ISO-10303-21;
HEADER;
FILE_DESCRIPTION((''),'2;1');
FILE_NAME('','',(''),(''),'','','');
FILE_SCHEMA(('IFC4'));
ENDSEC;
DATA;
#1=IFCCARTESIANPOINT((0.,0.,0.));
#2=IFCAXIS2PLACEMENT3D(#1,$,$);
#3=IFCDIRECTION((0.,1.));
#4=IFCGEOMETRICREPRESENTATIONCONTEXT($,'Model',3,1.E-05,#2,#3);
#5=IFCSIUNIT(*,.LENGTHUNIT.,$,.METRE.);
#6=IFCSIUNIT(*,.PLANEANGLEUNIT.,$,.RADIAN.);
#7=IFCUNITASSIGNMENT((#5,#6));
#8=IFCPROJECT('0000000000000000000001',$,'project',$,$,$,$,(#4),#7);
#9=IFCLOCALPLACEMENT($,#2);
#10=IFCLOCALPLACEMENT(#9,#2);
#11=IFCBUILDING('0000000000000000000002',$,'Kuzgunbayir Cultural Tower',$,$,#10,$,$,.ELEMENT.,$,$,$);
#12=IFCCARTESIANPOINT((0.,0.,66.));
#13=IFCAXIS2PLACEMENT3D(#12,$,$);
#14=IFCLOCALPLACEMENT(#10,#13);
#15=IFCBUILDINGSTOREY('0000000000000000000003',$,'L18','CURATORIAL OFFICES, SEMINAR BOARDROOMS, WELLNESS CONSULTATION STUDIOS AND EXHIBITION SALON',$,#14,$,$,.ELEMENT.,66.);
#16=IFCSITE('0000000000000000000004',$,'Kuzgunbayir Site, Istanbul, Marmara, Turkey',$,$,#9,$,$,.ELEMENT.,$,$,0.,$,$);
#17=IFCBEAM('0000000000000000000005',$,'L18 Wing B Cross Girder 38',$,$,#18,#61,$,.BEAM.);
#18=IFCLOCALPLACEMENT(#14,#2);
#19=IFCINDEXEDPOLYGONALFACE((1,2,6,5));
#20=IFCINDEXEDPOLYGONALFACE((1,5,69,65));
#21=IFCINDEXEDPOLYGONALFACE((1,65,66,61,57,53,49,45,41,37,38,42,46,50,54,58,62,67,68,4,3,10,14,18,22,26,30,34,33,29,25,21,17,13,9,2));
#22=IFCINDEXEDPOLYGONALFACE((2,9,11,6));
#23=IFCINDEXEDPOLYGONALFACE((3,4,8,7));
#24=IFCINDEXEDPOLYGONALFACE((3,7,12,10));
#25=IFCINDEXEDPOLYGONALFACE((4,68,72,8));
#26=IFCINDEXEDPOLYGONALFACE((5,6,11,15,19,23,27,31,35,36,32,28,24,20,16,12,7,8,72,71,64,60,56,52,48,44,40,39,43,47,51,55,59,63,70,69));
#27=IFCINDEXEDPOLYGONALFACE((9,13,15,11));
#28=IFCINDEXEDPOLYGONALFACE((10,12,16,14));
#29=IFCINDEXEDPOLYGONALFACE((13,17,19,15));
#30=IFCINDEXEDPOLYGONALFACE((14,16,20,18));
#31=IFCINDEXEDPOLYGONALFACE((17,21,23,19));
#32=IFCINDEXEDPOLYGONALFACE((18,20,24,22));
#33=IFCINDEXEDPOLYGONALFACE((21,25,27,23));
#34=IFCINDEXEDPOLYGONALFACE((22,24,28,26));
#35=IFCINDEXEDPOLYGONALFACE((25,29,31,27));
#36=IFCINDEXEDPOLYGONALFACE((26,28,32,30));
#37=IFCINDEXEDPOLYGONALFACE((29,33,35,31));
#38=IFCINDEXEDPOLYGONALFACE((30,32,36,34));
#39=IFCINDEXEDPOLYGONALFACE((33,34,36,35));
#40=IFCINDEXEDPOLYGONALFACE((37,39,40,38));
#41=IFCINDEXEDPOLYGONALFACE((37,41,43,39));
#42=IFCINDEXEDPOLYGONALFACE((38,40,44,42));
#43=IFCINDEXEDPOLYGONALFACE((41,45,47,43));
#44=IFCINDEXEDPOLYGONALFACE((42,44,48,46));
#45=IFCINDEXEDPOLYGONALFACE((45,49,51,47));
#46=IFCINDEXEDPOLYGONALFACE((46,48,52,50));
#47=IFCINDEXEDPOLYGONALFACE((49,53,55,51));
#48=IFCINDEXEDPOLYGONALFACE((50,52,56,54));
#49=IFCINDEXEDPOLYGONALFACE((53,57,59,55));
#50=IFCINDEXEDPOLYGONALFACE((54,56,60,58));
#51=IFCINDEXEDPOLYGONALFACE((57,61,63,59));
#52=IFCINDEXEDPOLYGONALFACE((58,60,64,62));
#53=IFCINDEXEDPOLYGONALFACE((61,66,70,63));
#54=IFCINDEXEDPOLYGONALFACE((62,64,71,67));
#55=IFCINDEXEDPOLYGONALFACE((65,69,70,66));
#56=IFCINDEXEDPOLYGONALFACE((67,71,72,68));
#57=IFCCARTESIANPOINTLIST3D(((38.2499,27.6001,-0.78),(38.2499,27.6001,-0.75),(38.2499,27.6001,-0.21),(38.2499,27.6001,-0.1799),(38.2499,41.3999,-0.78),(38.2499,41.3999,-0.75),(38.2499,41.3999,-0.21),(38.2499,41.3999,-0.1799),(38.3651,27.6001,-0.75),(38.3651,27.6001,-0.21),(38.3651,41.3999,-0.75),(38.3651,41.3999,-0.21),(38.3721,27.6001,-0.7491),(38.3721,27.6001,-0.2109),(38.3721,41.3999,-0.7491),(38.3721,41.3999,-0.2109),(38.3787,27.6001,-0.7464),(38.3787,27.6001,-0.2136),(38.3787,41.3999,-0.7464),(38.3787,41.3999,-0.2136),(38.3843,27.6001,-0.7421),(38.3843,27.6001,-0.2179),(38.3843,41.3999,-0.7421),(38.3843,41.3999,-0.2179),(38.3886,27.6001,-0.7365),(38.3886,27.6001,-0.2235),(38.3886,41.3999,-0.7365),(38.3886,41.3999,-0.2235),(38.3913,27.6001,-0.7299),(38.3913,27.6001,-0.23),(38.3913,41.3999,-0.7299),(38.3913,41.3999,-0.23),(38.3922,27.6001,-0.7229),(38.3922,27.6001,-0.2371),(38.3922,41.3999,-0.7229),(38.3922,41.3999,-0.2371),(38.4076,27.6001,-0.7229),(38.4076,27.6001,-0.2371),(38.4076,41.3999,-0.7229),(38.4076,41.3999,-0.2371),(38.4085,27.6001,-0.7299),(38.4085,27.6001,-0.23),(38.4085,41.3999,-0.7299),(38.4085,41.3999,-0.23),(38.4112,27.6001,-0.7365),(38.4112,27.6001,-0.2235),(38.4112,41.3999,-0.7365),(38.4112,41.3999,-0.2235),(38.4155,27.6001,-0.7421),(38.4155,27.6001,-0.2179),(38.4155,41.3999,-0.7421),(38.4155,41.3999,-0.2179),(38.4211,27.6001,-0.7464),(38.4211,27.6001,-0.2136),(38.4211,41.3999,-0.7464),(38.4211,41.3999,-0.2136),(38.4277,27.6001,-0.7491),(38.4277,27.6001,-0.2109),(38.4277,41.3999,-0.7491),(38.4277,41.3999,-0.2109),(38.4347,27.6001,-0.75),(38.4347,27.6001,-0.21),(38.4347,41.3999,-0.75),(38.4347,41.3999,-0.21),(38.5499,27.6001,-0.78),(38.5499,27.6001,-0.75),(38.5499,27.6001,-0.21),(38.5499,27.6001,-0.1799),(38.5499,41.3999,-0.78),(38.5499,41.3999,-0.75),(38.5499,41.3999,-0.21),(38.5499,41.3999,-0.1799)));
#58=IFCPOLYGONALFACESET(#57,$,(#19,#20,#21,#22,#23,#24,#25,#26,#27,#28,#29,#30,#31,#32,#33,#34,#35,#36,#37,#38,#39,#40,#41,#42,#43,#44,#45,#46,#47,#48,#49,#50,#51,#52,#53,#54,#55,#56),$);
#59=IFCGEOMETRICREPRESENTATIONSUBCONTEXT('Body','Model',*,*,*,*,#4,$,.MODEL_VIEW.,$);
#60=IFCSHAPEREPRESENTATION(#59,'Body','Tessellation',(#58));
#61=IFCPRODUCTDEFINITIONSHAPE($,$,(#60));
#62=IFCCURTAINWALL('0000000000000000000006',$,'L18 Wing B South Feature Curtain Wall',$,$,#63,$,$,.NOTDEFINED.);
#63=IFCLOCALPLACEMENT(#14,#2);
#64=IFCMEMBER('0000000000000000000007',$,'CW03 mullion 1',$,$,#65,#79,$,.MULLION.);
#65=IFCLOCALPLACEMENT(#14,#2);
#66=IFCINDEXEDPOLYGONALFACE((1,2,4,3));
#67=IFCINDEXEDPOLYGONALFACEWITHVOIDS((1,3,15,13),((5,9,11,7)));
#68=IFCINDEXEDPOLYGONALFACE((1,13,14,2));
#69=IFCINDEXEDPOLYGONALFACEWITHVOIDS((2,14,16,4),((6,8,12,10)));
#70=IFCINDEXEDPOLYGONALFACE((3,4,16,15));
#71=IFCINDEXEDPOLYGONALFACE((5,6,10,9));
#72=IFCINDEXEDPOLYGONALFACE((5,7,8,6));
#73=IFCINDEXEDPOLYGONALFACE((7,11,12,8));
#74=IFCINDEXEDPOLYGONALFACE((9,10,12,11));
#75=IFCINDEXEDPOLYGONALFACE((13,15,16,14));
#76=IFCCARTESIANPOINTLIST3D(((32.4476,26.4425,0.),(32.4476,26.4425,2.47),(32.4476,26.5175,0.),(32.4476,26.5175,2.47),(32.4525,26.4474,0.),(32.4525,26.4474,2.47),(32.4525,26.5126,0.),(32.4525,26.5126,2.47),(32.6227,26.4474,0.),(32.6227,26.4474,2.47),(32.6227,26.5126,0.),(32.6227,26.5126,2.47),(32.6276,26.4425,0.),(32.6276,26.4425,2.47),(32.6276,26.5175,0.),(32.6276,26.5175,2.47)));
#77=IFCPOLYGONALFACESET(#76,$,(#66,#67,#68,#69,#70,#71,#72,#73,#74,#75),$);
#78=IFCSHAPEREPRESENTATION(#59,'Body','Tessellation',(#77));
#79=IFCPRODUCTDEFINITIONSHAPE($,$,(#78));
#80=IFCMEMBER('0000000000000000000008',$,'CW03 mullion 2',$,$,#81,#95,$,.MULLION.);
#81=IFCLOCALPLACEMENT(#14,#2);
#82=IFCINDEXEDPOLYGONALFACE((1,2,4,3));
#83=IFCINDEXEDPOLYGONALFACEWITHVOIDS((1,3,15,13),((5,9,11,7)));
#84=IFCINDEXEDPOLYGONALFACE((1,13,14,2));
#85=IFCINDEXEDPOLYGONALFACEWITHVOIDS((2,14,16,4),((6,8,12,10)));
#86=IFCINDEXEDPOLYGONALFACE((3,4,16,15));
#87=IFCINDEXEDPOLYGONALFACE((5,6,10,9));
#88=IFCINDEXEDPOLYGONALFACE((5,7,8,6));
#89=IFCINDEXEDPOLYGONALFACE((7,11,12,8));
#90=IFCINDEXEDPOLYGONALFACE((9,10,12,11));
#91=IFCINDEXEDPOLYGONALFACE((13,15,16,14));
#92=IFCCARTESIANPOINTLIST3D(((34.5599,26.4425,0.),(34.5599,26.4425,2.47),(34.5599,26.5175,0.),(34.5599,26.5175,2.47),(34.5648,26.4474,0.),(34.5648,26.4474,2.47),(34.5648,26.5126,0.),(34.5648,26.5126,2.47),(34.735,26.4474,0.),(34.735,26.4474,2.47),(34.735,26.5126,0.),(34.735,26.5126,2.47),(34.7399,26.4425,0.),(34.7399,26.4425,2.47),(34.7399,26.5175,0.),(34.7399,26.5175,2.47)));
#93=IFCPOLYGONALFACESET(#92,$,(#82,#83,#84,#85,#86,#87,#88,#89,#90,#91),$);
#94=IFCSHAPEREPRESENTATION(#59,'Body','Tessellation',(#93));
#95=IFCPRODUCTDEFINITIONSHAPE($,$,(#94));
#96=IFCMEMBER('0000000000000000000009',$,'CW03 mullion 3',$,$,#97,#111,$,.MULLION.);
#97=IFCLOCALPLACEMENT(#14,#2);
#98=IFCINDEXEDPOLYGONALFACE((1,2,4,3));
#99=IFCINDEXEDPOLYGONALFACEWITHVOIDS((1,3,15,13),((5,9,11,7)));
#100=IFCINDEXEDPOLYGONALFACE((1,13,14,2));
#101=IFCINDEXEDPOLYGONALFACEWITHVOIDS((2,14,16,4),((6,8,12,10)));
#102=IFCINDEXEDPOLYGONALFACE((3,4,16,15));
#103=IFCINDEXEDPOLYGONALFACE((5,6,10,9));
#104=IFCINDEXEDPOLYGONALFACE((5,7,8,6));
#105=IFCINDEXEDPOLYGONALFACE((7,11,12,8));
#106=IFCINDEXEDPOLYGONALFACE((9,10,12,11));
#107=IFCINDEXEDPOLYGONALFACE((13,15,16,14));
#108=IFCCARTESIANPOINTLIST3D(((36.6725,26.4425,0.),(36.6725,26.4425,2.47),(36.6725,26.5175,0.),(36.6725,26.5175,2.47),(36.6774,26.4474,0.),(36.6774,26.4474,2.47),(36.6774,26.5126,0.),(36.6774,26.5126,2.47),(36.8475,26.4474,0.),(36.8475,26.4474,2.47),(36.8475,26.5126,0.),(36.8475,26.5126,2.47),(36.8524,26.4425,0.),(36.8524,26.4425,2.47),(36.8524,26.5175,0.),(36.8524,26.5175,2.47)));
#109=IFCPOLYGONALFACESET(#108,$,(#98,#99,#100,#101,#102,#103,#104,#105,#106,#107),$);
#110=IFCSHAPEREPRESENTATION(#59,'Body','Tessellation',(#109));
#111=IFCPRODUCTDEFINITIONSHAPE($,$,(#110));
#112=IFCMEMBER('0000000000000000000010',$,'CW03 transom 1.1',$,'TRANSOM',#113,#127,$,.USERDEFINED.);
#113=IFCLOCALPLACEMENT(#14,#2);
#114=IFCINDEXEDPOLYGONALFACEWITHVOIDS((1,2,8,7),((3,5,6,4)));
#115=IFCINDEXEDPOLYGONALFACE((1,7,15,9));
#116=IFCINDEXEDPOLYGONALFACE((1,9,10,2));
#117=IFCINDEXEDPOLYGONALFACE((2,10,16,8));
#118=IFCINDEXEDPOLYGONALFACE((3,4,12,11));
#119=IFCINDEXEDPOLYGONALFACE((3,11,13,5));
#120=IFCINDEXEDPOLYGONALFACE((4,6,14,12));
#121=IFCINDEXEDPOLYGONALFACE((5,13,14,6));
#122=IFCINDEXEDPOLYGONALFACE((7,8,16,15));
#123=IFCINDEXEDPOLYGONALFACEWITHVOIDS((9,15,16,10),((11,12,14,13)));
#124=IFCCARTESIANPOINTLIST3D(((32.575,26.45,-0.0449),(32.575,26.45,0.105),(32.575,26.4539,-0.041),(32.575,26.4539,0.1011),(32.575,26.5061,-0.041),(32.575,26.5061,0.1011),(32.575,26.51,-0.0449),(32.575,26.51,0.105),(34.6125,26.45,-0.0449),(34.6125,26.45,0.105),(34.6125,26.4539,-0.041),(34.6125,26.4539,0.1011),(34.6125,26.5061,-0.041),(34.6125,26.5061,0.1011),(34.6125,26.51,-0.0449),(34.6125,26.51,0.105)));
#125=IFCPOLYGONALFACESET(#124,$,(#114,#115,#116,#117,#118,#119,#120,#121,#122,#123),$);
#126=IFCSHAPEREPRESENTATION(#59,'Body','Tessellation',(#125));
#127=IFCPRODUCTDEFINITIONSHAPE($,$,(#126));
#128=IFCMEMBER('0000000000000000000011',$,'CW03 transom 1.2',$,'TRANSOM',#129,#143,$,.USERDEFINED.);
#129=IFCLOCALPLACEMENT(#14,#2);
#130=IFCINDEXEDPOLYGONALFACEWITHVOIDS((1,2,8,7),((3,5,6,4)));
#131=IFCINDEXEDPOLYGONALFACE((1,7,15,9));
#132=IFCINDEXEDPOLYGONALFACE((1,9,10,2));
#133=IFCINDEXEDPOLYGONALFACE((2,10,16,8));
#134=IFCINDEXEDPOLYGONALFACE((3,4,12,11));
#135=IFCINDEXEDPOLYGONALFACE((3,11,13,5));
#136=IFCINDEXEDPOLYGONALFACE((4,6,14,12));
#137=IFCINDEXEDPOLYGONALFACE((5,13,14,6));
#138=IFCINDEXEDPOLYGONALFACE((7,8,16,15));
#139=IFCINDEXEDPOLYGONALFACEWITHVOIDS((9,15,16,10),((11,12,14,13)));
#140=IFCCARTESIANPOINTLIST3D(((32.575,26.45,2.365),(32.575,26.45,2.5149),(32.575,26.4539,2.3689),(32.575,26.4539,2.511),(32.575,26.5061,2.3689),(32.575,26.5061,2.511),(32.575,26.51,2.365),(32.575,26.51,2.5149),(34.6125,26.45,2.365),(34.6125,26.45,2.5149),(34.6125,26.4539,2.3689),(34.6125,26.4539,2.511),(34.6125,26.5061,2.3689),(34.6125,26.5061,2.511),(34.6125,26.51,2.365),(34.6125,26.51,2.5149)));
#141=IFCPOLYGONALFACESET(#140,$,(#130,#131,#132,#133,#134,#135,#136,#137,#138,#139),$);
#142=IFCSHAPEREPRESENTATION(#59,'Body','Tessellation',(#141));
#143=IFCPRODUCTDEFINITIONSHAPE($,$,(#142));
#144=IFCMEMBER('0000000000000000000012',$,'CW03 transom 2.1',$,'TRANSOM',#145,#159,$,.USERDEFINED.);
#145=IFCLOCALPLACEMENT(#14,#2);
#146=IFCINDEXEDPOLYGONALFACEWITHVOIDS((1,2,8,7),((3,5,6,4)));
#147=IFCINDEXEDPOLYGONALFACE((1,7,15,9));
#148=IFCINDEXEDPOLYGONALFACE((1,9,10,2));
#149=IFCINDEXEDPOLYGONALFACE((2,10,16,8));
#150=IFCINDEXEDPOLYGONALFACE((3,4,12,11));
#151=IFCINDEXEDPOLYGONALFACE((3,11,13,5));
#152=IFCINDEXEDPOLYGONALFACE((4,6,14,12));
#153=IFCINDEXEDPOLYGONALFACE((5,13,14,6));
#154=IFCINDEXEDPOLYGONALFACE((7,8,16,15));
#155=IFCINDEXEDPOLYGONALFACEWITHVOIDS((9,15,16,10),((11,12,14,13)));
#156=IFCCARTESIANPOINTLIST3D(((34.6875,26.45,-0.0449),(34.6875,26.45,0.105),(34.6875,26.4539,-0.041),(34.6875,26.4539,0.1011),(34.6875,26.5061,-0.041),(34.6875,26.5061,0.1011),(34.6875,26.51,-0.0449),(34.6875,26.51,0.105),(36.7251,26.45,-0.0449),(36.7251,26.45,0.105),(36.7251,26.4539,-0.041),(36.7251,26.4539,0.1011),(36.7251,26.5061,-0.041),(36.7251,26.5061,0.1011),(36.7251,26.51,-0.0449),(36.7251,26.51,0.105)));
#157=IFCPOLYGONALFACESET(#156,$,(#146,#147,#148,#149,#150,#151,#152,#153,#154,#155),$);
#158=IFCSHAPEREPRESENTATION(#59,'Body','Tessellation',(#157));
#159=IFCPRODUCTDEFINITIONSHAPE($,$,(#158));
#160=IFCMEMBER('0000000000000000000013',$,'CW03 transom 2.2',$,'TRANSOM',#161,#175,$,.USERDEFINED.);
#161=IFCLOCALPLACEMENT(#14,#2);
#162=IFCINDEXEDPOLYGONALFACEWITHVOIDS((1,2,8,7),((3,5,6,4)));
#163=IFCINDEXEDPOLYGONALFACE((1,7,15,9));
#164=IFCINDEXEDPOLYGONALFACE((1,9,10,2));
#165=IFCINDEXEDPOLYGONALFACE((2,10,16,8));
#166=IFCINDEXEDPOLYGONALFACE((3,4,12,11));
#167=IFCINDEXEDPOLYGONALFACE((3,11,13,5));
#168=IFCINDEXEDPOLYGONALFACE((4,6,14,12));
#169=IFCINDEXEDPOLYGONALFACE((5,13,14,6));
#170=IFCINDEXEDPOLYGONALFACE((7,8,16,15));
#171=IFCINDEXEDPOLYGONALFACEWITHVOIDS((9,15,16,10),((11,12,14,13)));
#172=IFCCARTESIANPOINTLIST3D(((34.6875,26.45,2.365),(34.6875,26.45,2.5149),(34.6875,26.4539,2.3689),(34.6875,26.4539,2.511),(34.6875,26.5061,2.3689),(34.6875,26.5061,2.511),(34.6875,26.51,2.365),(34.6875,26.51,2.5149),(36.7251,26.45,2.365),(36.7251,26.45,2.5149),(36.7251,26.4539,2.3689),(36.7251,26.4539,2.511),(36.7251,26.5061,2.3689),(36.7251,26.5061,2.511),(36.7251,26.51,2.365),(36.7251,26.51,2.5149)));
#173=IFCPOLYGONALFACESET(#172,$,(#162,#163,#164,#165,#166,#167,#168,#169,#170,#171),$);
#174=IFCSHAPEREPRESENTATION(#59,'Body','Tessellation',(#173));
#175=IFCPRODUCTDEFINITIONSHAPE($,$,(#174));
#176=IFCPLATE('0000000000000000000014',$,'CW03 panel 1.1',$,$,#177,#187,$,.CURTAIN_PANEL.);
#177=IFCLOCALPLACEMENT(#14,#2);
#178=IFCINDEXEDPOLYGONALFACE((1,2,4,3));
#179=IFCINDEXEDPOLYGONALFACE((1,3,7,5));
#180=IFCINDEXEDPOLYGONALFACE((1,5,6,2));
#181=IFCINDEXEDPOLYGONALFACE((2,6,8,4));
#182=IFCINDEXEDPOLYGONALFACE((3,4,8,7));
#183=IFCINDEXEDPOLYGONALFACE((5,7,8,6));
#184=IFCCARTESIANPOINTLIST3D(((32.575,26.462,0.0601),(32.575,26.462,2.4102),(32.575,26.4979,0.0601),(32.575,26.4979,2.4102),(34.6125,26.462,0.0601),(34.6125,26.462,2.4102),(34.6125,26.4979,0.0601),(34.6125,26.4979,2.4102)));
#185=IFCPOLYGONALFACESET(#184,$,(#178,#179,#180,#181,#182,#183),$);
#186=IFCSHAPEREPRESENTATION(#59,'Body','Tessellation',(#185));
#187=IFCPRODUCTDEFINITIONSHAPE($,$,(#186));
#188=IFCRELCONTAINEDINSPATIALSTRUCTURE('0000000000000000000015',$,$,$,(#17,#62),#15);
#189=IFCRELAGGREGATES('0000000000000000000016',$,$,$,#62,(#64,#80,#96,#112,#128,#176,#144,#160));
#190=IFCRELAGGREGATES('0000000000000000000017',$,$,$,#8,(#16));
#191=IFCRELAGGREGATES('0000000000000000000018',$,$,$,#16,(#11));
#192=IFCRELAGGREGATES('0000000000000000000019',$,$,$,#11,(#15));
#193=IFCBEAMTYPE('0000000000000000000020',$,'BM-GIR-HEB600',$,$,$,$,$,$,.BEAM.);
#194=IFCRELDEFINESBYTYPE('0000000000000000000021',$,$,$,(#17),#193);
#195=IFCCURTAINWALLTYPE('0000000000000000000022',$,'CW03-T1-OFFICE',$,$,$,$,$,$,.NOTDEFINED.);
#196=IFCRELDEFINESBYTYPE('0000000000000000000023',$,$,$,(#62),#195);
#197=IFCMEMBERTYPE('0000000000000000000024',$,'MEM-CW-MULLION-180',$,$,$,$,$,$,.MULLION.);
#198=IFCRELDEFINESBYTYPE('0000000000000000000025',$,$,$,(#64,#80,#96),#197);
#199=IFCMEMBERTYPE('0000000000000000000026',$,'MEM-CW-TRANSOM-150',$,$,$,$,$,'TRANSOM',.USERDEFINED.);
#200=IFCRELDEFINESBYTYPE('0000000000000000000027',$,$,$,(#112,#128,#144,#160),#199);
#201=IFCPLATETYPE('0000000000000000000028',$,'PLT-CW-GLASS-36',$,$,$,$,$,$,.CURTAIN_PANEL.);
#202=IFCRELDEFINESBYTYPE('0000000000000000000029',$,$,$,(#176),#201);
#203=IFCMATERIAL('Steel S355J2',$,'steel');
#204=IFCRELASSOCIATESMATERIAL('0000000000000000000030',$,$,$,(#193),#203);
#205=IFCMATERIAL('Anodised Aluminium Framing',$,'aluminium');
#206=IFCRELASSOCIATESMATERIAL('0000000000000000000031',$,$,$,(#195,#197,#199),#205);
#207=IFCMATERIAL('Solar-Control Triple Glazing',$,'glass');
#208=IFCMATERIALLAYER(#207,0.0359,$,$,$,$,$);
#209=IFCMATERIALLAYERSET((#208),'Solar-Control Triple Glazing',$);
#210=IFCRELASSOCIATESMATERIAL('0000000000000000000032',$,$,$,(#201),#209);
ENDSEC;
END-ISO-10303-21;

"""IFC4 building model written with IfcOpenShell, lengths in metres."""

from ifc_helpers import new_model, si_unit, direction, frame, origin, origin_2d, place, context, subcontext, project, spatial, rectangle, hollow_rectangle, i_section, extrude, material, layer, layer_set, material_profile, profile_set, type_object, element, aggregate, save


model = new_model("IFC4")

# Units and contexts
model_context = context("Model", 3, precision=1e-05, world=origin(), true_north=direction((0.0, 1.0)))
body_context = subcontext(model_context, "Body", "Model", "MODEL_VIEW")
ifc_project = project(units=[si_unit("LENGTHUNIT", "METRE"), si_unit("PLANEANGLEUNIT", "RADIAN")], contexts=[model_context])

# Site, building, storey
site_placement = place(None, origin())
site = spatial("IfcSite", under=ifc_project, at=site_placement, Name="Kuzgunbayir Site, Istanbul, Marmara, Turkey", CompositionType="ELEMENT", RefElevation=0.0)
building_placement = place(site_placement, origin())
building = spatial("IfcBuilding", under=site, at=building_placement, Name="Kuzgunbayir Cultural Tower", CompositionType="ELEMENT")
storey_placement = place(building_placement, frame((0.0, 0.0, 66.0)))
storey = spatial("IfcBuildingStorey", under=building, at=storey_placement, Name="L18", Description="CURATORIAL OFFICES, SEMINAR BOARDROOMS, WELLNESS CONSULTATION STUDIOS AND EXHIBITION SALON", CompositionType="ELEMENT", Elevation=66.0)

# Beam
ifc_material_1 = material(Name="Steel S355J2", Category="steel")
ifc_material_profile_1 = material_profile(ifc_material_1, i_section(OverallWidth=0.3, OverallDepth=0.6001, WebThickness=0.0154, FlangeThickness=0.03, FilletRadius=0.0271, at=origin_2d()), Name="HEB 600")
ifc_profile_set_1 = profile_set([ifc_material_profile_1], Name="Steel S355J2")
beam_type_1 = type_object("IfcBeamType", Name="BM-GIR-HEB600", PredefinedType="BEAM", material=ifc_profile_set_1)
beam_1_placement = place(storey_placement, frame((38.3999, 27.6001, -0.48), z_axis=(0.0, 1.0, 0.0), x_axis=(-1.0, 0.0, 0.0)))
element("IfcBeam", 1, at=beam_1_placement, inside=storey, type_object=beam_type_1, Name="L18 Wing B Cross Girder 38", PredefinedType="BEAM", context=body_context, shape_type="SweptSolid", body=[
    extrude(i_section(OverallWidth=0.3, OverallDepth=0.6001, WebThickness=0.0154, FlangeThickness=0.03, FilletRadius=0.0271, at=origin_2d()), origin(), (0.0, 0.0, 1.0), 13.7998),
])

# Curtain wall, members, plate
ifc_material_2 = material(Name="Anodised Aluminium Framing", Category="aluminium")
curtain_wall_type = type_object("IfcCurtainWallType", Name="CW03-T1-OFFICE", PredefinedType="NOTDEFINED", material=ifc_material_2)
curtain_wall_placement = place(storey_placement, origin())
curtain_wall = element("IfcCurtainWall", 2, at=curtain_wall_placement, inside=storey, type_object=curtain_wall_type, Name="L18 Wing B South Feature Curtain Wall", PredefinedType="NOTDEFINED")
ifc_material_profile_2 = material_profile(ifc_material_2, hollow_rectangle(XDim=0.075, YDim=0.1799, WallThickness=0.0049, at=origin_2d()), Name="RHS 180x75x5")
ifc_profile_set_2 = profile_set([ifc_material_profile_2], Name="Anodised Aluminium Framing")
member_type_1 = type_object("IfcMemberType", Name="MEM-CW-MULLION-180", PredefinedType="MULLION", material=ifc_profile_set_2)
member_1_placement = place(storey_placement, frame((32.5376, 26.48, 0.0), z_axis=(0.0, 0.0, 1.0), x_axis=(0.0, 1.0, 0.0)))
member_1 = element("IfcMember", 3, at=member_1_placement, type_object=member_type_1, Name="CW03 mullion 1", PredefinedType="MULLION", context=body_context, shape_type="SweptSolid", body=[
    extrude(hollow_rectangle(XDim=0.075, YDim=0.1799, WallThickness=0.0049, at=origin_2d()), origin(), (0.0, 0.0, 1.0), 2.47),
])
member_2_placement = place(storey_placement, frame((34.6499, 26.48, 0.0), z_axis=(0.0, 0.0, 1.0), x_axis=(0.0, 1.0, 0.0)))
member_2 = element("IfcMember", 4, at=member_2_placement, type_object=member_type_1, Name="CW03 mullion 2", PredefinedType="MULLION", context=body_context, shape_type="SweptSolid", body=[
    extrude(hollow_rectangle(XDim=0.075, YDim=0.1799, WallThickness=0.0049, at=origin_2d()), origin(), (0.0, 0.0, 1.0), 2.47),
])
member_3_placement = place(storey_placement, frame((36.7625, 26.48, 0.0), z_axis=(0.0, 0.0, 1.0), x_axis=(0.0, 1.0, 0.0)))
member_3 = element("IfcMember", 5, at=member_3_placement, type_object=member_type_1, Name="CW03 mullion 3", PredefinedType="MULLION", context=body_context, shape_type="SweptSolid", body=[
    extrude(hollow_rectangle(XDim=0.075, YDim=0.1799, WallThickness=0.0049, at=origin_2d()), origin(), (0.0, 0.0, 1.0), 2.47),
])
ifc_material_profile_3 = material_profile(ifc_material_2, hollow_rectangle(XDim=0.0601, YDim=0.1499, WallThickness=0.0039, at=origin_2d()), Name="RHS 150x60x4")
ifc_profile_set_3 = profile_set([ifc_material_profile_3], Name="Anodised Aluminium Framing")
member_type_2 = type_object("IfcMemberType", Name="MEM-CW-TRANSOM-150", ElementType="TRANSOM", PredefinedType="USERDEFINED", material=ifc_profile_set_3)
member_4_placement = place(storey_placement, frame((32.575, 26.48, 0.03), z_axis=(1.0, 0.0, 0.0), x_axis=(0.0, 1.0, 0.0)))
member_4 = element("IfcMember", 6, at=member_4_placement, type_object=member_type_2, Name="CW03 transom 1.1", ObjectType="TRANSOM", PredefinedType="USERDEFINED", context=body_context, shape_type="SweptSolid", body=[
    extrude(hollow_rectangle(XDim=0.0601, YDim=0.1499, WallThickness=0.0039, at=origin_2d()), origin(), (0.0, 0.0, 1.0), 2.0376),
])
member_5_placement = place(storey_placement, frame((32.575, 26.48, 2.4399), z_axis=(1.0, 0.0, 0.0), x_axis=(0.0, 1.0, 0.0)))
member_5 = element("IfcMember", 7, at=member_5_placement, type_object=member_type_2, Name="CW03 transom 1.2", ObjectType="TRANSOM", PredefinedType="USERDEFINED", context=body_context, shape_type="SweptSolid", body=[
    extrude(hollow_rectangle(XDim=0.0601, YDim=0.1499, WallThickness=0.0039, at=origin_2d()), origin(), (0.0, 0.0, 1.0), 2.0376),
])
member_6_placement = place(storey_placement, frame((34.6875, 26.48, 0.03), z_axis=(1.0, 0.0, 0.0), x_axis=(0.0, 1.0, 0.0)))
member_6 = element("IfcMember", 8, at=member_6_placement, type_object=member_type_2, Name="CW03 transom 2.1", ObjectType="TRANSOM", PredefinedType="USERDEFINED", context=body_context, shape_type="SweptSolid", body=[
    extrude(hollow_rectangle(XDim=0.0601, YDim=0.1499, WallThickness=0.0039, at=origin_2d()), origin(), (0.0, 0.0, 1.0), 2.0376),
])
member_7_placement = place(storey_placement, frame((34.6875, 26.48, 2.4399), z_axis=(1.0, 0.0, 0.0), x_axis=(0.0, 1.0, 0.0)))
member_7 = element("IfcMember", 9, at=member_7_placement, type_object=member_type_2, Name="CW03 transom 2.2", ObjectType="TRANSOM", PredefinedType="USERDEFINED", context=body_context, shape_type="SweptSolid", body=[
    extrude(hollow_rectangle(XDim=0.0601, YDim=0.1499, WallThickness=0.0039, at=origin_2d()), origin(), (0.0, 0.0, 1.0), 2.0376),
])
ifc_material_3 = material(Name="Solar-Control Triple Glazing", Category="glass")
ifc_layer_1 = layer(ifc_material_3, 0.0359)
ifc_layer_set_1 = layer_set([ifc_layer_1], Name="Solar-Control Triple Glazing")
plate_type = type_object("IfcPlateType", Name="PLT-CW-GLASS-36", PredefinedType="CURTAIN_PANEL", material=ifc_layer_set_1)
plate_1_placement = place(storey_placement, frame((33.5938, 26.48, 0.0601), z_axis=(0.0, 0.0, 1.0), x_axis=(1.0, 0.0, 0.0)))
plate_1 = element("IfcPlate", 10, at=plate_1_placement, type_object=plate_type, Name="CW03 panel 1.1", PredefinedType="CURTAIN_PANEL", context=body_context, shape_type="SweptSolid", body=[
    extrude(rectangle(XDim=2.0376, YDim=0.0359, at=origin_2d()), origin(), (0.0, 0.0, 1.0), 2.3501),
])
aggregate(curtain_wall, [member_1, member_2, member_3, member_4, member_5, plate_1, member_6, member_7])

save(model, "model.ifc")
